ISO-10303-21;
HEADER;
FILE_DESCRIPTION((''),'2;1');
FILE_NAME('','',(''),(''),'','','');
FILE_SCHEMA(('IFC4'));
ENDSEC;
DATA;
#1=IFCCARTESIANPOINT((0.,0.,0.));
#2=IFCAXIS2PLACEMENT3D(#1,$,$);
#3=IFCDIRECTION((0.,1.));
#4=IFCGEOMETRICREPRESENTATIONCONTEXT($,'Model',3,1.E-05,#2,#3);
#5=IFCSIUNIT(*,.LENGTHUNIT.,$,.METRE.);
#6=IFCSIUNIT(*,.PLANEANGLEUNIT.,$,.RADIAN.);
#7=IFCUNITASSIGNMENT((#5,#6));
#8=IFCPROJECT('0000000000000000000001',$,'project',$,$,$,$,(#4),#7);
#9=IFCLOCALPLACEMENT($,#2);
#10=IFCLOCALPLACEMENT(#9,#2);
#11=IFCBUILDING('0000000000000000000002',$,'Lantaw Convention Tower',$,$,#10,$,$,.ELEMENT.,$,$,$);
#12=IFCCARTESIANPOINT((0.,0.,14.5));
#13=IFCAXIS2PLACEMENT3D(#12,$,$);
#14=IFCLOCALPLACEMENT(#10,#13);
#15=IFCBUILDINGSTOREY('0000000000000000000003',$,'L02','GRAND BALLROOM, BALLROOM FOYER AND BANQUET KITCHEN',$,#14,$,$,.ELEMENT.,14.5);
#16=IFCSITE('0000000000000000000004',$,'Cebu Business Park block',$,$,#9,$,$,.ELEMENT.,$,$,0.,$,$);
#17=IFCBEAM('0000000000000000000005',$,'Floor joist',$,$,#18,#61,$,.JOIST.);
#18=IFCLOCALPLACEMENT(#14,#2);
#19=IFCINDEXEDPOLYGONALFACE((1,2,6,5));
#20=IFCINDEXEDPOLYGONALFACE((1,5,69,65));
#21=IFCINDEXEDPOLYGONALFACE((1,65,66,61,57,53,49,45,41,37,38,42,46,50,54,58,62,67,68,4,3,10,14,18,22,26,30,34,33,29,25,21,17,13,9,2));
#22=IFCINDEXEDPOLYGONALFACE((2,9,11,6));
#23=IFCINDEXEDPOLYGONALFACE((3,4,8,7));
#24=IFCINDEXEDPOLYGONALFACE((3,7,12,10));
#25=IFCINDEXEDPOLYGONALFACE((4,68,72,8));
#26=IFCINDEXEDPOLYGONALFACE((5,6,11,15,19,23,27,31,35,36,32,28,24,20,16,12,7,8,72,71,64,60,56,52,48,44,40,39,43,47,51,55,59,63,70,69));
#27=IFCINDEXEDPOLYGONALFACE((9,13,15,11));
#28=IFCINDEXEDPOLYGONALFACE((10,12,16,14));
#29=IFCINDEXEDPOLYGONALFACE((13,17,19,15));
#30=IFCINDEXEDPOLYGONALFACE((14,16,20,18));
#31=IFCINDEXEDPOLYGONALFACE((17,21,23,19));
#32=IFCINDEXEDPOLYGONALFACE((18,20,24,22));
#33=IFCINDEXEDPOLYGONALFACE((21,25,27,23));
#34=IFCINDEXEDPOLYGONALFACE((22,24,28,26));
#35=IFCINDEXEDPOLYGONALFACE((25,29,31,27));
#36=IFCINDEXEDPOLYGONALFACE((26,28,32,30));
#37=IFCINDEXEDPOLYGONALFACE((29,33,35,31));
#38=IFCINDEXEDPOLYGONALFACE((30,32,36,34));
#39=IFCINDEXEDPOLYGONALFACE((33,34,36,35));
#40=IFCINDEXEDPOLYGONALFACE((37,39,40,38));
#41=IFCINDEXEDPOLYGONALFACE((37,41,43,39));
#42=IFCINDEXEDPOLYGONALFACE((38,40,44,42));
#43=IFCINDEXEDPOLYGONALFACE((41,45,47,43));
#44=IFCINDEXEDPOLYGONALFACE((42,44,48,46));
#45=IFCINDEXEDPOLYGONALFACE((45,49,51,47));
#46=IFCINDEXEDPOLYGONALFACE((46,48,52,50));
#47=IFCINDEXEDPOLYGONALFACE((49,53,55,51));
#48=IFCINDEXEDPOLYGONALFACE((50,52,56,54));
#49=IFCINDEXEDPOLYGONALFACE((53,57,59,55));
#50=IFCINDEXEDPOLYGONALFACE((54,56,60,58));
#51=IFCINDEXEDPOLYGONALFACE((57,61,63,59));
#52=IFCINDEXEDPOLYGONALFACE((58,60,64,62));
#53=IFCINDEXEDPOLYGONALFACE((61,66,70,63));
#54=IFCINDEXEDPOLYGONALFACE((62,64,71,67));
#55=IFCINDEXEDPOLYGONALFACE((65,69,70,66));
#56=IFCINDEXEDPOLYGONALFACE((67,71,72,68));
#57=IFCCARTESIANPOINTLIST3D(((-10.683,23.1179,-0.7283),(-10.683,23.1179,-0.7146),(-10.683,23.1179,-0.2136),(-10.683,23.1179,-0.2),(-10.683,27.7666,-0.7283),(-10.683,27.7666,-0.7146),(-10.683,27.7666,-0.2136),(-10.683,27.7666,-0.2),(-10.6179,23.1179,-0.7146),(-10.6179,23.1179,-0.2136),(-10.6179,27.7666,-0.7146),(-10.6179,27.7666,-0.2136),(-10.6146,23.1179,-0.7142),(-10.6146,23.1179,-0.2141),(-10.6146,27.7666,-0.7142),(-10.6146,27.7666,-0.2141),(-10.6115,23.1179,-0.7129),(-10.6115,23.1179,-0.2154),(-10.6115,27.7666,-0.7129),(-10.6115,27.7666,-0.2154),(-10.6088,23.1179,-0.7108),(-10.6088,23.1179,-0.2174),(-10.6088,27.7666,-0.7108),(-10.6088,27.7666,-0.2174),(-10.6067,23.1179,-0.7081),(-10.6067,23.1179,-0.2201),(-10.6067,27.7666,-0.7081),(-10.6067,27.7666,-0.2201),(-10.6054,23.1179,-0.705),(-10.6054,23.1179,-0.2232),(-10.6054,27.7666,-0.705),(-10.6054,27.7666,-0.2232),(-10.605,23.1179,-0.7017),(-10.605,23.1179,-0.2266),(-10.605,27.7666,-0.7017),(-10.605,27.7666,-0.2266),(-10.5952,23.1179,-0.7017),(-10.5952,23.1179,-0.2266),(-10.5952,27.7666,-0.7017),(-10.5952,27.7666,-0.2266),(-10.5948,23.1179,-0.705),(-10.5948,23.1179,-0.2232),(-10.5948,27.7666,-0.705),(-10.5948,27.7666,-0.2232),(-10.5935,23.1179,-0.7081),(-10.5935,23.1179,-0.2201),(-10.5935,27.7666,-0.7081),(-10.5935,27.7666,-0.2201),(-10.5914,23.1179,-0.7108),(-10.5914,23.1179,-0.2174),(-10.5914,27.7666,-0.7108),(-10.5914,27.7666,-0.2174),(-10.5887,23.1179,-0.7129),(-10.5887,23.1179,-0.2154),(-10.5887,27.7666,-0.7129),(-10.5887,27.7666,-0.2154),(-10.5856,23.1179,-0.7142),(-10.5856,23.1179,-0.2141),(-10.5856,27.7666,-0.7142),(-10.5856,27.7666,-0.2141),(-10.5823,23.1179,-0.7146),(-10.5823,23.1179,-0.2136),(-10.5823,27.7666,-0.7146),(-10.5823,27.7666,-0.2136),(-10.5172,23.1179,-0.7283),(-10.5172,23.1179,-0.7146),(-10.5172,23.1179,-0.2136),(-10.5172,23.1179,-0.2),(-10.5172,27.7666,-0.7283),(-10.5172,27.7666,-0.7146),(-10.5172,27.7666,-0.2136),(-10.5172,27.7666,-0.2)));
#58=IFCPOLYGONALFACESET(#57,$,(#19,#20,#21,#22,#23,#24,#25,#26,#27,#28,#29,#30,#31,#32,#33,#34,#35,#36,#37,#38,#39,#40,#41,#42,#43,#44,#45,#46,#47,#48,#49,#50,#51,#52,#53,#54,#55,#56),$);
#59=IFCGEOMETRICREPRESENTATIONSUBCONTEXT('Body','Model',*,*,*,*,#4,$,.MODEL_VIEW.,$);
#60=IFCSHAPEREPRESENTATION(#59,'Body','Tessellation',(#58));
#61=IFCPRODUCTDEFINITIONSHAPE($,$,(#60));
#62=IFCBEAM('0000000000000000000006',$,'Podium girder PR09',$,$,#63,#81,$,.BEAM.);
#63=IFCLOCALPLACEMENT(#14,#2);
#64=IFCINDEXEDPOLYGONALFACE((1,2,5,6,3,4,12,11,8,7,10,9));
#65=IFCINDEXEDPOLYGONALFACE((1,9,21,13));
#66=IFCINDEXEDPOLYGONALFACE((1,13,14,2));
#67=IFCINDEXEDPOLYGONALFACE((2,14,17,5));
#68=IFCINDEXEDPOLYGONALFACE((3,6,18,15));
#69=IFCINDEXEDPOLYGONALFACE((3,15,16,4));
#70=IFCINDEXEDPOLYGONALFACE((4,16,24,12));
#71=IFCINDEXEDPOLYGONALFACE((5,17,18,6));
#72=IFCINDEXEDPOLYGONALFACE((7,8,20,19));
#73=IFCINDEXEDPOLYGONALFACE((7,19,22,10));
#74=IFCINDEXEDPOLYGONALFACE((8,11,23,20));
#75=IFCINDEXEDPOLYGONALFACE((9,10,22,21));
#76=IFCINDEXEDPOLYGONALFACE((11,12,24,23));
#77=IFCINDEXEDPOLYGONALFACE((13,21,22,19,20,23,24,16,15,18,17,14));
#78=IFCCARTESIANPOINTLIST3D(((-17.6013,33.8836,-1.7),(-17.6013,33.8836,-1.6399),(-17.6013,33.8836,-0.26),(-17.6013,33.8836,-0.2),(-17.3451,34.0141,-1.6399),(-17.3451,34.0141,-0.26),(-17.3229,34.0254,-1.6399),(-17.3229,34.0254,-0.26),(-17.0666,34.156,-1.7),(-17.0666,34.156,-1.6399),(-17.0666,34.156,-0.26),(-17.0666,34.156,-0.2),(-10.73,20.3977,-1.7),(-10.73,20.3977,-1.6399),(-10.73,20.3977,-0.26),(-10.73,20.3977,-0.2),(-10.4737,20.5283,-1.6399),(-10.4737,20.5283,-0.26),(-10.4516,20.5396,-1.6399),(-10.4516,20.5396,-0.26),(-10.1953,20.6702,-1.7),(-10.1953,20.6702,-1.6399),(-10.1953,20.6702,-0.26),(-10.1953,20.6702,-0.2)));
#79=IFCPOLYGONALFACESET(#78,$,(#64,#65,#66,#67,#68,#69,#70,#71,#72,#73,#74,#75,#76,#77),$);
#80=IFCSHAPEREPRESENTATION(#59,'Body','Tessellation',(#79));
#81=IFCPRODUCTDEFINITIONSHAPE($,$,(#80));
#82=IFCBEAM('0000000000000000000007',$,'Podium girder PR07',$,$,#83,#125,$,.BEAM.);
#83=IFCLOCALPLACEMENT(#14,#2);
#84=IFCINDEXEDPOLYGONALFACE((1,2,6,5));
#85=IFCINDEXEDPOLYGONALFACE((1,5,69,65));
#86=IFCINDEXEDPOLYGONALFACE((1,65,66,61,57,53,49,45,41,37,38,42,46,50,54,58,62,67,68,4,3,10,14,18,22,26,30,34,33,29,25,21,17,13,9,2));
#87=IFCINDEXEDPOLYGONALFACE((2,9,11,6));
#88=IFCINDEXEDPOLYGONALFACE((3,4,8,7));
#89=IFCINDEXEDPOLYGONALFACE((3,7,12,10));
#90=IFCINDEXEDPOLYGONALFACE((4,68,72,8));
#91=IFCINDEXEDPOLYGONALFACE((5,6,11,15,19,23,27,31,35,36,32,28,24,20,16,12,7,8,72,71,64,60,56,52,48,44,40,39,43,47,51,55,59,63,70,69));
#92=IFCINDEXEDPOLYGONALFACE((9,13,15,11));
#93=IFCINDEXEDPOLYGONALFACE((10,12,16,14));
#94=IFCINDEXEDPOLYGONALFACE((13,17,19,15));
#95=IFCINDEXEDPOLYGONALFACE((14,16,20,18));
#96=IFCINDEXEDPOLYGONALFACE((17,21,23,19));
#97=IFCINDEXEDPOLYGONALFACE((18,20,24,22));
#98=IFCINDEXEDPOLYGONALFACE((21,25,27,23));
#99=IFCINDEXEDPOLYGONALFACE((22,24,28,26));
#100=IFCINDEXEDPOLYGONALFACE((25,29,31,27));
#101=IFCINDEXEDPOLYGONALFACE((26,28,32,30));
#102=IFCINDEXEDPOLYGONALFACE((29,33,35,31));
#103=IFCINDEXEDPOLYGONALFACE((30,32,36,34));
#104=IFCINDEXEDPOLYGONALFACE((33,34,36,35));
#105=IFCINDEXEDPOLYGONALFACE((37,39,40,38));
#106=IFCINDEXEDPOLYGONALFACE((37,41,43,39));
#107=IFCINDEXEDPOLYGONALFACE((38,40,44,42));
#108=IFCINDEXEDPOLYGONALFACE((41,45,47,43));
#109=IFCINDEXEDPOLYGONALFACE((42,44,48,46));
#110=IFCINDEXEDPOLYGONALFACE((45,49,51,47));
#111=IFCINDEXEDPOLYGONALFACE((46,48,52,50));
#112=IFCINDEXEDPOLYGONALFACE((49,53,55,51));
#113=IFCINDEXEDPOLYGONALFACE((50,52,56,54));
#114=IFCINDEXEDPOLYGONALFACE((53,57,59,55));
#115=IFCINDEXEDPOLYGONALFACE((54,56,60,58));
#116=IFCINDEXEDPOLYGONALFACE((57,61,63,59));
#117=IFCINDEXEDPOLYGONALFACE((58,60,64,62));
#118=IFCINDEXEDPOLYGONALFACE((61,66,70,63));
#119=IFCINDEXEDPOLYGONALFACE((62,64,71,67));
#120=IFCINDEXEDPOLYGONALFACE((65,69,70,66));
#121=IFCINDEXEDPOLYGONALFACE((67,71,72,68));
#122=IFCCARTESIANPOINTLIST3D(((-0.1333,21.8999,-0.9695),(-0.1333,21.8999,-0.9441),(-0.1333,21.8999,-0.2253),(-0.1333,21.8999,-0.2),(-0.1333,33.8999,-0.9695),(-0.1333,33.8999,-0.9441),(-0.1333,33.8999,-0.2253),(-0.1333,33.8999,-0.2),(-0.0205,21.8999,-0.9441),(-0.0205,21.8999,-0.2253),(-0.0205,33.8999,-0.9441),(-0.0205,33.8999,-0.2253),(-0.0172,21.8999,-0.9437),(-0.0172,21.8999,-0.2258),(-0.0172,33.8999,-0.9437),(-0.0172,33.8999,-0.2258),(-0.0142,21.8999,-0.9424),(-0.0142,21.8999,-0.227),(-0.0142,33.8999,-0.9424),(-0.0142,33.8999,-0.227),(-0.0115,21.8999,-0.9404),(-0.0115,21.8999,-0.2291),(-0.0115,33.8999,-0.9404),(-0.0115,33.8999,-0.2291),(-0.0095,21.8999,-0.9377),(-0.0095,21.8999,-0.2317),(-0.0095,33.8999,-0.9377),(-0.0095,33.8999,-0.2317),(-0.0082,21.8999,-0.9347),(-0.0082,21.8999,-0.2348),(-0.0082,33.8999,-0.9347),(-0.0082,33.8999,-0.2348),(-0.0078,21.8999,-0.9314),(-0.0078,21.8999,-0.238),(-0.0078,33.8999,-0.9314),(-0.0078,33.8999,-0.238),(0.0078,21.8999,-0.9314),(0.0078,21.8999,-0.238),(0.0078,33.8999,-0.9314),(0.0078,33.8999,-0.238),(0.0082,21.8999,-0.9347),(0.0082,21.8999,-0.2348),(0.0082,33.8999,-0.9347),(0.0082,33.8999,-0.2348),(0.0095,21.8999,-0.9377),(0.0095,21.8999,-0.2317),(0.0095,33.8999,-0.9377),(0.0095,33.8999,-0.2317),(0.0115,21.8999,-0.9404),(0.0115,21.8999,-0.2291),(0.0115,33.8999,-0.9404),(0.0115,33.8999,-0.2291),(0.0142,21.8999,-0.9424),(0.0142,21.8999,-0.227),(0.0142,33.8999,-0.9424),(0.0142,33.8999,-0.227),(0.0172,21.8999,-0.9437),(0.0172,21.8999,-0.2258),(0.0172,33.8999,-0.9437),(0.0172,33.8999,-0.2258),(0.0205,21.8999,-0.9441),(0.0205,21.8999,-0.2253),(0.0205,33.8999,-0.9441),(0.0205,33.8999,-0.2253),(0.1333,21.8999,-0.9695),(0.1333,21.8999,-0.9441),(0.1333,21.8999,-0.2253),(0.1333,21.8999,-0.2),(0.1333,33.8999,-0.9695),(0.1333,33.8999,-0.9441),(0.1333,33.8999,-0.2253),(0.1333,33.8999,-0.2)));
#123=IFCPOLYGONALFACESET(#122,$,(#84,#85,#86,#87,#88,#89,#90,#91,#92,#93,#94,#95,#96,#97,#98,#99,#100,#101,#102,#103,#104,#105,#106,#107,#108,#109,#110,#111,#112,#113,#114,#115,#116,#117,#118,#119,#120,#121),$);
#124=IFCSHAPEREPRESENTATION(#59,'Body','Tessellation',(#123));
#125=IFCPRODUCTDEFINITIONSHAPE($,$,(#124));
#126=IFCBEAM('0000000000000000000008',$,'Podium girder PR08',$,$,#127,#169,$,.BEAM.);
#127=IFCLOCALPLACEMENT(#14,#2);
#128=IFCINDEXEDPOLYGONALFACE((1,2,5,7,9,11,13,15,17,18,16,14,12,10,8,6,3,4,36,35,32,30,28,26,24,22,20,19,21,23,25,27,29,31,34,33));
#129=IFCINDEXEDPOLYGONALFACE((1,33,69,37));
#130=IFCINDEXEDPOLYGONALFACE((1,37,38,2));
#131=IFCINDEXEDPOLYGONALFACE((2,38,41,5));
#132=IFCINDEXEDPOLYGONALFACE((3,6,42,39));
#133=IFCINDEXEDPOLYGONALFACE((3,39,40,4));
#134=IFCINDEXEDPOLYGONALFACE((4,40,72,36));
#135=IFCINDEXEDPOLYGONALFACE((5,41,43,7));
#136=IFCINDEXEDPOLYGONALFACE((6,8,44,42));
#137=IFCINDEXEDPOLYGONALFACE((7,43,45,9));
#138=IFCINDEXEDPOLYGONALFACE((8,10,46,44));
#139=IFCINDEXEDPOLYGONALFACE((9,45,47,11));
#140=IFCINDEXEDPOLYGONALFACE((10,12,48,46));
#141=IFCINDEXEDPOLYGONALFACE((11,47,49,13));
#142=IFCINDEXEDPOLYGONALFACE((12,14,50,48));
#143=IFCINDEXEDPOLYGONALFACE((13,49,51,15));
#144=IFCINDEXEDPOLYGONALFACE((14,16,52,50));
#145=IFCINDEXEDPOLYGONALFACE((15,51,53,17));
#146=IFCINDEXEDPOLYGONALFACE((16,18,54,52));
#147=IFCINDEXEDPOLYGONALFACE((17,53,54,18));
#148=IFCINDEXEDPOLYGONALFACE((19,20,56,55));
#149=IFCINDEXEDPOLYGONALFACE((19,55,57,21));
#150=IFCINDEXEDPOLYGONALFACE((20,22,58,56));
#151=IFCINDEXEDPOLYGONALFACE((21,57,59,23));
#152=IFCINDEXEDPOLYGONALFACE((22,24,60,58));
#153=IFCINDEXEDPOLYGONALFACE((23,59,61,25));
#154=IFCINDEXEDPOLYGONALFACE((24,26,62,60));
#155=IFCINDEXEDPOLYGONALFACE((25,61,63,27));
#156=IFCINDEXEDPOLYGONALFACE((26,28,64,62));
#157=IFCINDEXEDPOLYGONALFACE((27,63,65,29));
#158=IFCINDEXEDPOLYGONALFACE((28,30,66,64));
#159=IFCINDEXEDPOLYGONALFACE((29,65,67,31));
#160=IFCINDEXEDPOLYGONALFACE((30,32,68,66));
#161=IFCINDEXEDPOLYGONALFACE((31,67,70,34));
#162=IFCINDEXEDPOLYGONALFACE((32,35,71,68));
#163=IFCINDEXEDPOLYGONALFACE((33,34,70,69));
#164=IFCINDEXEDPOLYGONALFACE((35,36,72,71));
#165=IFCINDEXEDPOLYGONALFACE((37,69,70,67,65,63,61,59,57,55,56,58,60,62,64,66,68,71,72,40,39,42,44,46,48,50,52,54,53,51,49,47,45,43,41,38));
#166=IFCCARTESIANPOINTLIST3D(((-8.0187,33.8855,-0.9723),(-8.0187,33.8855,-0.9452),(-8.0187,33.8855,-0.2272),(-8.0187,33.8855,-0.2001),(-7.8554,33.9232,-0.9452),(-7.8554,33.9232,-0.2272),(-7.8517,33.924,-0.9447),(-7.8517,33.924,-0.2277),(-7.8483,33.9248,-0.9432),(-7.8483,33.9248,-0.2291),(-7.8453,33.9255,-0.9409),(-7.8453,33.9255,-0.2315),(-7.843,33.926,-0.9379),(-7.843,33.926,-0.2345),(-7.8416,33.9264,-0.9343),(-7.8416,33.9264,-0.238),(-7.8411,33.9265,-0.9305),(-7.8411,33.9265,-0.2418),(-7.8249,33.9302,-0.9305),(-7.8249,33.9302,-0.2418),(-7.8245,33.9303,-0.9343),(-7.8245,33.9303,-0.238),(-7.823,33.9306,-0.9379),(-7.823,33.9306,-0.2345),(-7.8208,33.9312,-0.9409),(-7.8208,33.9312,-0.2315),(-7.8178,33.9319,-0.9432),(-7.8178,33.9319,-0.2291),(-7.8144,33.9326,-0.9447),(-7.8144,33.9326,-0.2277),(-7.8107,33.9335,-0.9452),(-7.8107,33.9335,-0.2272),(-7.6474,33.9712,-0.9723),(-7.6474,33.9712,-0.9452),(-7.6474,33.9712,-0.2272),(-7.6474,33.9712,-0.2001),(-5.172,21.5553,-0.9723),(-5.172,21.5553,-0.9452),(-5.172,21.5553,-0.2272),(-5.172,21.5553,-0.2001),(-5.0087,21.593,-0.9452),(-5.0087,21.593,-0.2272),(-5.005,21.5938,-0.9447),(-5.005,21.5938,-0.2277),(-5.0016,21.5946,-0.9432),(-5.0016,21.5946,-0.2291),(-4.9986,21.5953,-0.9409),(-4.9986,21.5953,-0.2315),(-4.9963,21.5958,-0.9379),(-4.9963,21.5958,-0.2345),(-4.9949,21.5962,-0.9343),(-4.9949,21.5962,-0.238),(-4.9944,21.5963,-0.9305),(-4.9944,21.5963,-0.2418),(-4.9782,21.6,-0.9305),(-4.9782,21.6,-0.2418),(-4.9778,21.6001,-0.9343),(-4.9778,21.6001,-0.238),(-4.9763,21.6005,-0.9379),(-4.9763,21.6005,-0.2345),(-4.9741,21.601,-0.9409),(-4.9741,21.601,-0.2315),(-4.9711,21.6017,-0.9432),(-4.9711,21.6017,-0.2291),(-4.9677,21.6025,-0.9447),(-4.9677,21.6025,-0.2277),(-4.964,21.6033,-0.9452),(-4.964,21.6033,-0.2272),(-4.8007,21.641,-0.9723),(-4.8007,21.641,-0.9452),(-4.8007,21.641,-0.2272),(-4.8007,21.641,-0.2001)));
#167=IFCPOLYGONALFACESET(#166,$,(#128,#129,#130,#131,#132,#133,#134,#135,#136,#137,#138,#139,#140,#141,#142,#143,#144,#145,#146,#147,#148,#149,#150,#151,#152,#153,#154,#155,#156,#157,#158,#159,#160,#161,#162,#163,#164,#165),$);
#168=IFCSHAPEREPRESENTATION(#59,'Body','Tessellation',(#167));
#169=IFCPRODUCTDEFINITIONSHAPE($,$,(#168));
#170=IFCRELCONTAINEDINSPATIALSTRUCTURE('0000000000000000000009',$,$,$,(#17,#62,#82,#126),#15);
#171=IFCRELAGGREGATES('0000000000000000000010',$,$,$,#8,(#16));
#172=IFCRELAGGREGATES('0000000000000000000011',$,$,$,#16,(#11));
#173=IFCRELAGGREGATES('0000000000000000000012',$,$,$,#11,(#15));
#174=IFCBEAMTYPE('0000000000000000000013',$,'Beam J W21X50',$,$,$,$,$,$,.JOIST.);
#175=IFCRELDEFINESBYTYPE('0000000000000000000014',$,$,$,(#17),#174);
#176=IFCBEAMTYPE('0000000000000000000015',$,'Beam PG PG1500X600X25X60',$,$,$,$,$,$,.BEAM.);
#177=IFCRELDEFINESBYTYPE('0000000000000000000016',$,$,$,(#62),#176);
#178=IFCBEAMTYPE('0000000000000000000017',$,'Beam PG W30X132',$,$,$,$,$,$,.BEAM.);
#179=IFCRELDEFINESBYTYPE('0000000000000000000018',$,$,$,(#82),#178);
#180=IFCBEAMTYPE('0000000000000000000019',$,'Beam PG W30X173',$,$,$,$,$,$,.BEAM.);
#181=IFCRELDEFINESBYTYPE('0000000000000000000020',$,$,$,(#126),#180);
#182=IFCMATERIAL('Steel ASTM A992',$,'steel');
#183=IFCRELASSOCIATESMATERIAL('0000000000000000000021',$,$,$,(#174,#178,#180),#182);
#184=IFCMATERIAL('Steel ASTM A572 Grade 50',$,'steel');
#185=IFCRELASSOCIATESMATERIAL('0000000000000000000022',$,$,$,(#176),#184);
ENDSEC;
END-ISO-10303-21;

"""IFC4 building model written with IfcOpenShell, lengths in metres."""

from ifc_helpers import new_model, si_unit, direction, frame, origin, origin_2d, place, context, subcontext, project, spatial, i_section, extrude, material, material_profile, profile_set, type_object, element, save


model = new_model("IFC4")

# Units and contexts
model_context = context("Model", 3, precision=1e-05, world=origin(), true_north=direction((0.0, 1.0)))
body_context = subcontext(model_context, "Body", "Model", "MODEL_VIEW")
ifc_project = project(units=[si_unit("LENGTHUNIT", "METRE"), si_unit("PLANEANGLEUNIT", "RADIAN")], contexts=[model_context])

# Site, building, storey
site_placement = place(None, origin())
site = spatial("IfcSite", under=ifc_project, at=site_placement, Name="Cebu Business Park block", CompositionType="ELEMENT", RefElevation=0.0)
building_placement = place(site_placement, origin())
building = spatial("IfcBuilding", under=site, at=building_placement, Name="Lantaw Convention Tower", CompositionType="ELEMENT")
storey_placement = place(building_placement, frame((0.0, 0.0, 14.5)))
storey = spatial("IfcBuildingStorey", under=building, at=storey_placement, Name="L02", Description="GRAND BALLROOM, BALLROOM FOYER AND BANQUET KITCHEN", CompositionType="ELEMENT", Elevation=14.5)

# Shared definitions
ifc_material_1 = material(Name="Steel ASTM A572 Grade 50", Category="steel")

# Beams
ifc_material_2 = material(Name="Steel ASTM A992", Category="steel")
ifc_material_profile_1 = material_profile(ifc_material_2, i_section(OverallWidth=0.1658, OverallDepth=0.5283, WebThickness=0.0098, FlangeThickness=0.0137, FilletRadius=0.0129, at=origin_2d()), Name="W21X50")
ifc_profile_set_1 = profile_set([ifc_material_profile_1], Name="Steel ASTM A992")
beam_type_1 = type_object("IfcBeamType", Name="Beam J W21X50", PredefinedType="JOIST", material=ifc_profile_set_1)
beam_1_placement = place(storey_placement, frame((-10.6001, 23.1179, -0.4641), z_axis=(0.0, 1.0, 0.0), x_axis=(-1.0, 0.0, 0.0)))
element("IfcBeam", 1, at=beam_1_placement, inside=storey, type_object=beam_type_1, Name="Floor joist", PredefinedType="JOIST", context=body_context, shape_type="SweptSolid", body=[
    extrude(i_section(OverallWidth=0.1658, OverallDepth=0.5283, WebThickness=0.0098, FlangeThickness=0.0137, FilletRadius=0.0129, at=origin_2d()), origin(), (0.0, 0.0, 1.0), 4.6487),
])
ifc_material_profile_2 = material_profile(ifc_material_1, i_section(OverallWidth=0.6001, OverallDepth=1.5, WebThickness=0.0249, FlangeThickness=0.0601, at=origin_2d()), Name="PG1500X600X25X60")
ifc_profile_set_2 = profile_set([ifc_material_profile_2], Name="Steel ASTM A572 Grade 50")
beam_type_2 = type_object("IfcBeamType", Name="Beam PG PG1500X600X25X60", PredefinedType="BEAM", material=ifc_profile_set_2)
beam_2_placement = place(storey_placement, frame((-10.4626, 20.5339, -0.95), z_axis=(-0.453988, 0.891008, 0.0), x_axis=(-0.891008, -0.453988, 0.0)))
element("IfcBeam", 2, at=beam_2_placement, inside=storey, type_object=beam_type_2, Name="Podium girder PR09", PredefinedType="BEAM", context=body_context, shape_type="SweptSolid", body=[
    extrude(i_section(OverallWidth=0.6001, OverallDepth=1.5, WebThickness=0.0249, FlangeThickness=0.0601, at=origin_2d()), origin(), (0.0, 0.0, 1.0), 15.1355),
])
ifc_material_profile_3 = material_profile(ifc_material_2, i_section(OverallWidth=0.2666, OverallDepth=0.7695, WebThickness=0.0156, FlangeThickness=0.0254, FilletRadius=0.0127, at=origin_2d()), Name="W30X132")
ifc_profile_set_3 = profile_set([ifc_material_profile_3], Name="Steel ASTM A992")
beam_type_3 = type_object("IfcBeamType", Name="Beam PG W30X132", PredefinedType="BEAM", material=ifc_profile_set_3)
beam_3_placement = place(storey_placement, frame((0.0, 21.8999, -0.5847), z_axis=(0.0, 1.0, 0.0), x_axis=(-1.0, 0.0, 0.0)))
element("IfcBeam", 3, at=beam_3_placement, inside=storey, type_object=beam_type_3, Name="Podium girder PR07", PredefinedType="BEAM", context=body_context, shape_type="SweptSolid", body=[
    extrude(i_section(OverallWidth=0.2666, OverallDepth=0.7695, WebThickness=0.0156, FlangeThickness=0.0254, FilletRadius=0.0127, at=origin_2d()), origin(), (0.0, 0.0, 1.0), 12.0),
])
ifc_material_profile_4 = material_profile(ifc_material_2, i_section(OverallWidth=0.3811, OverallDepth=0.7722, WebThickness=0.0166, FlangeThickness=0.0271, FilletRadius=0.0146, at=origin_2d()), Name="W30X173")
ifc_profile_set_4 = profile_set([ifc_material_profile_4], Name="Steel ASTM A992")
beam_type_4 = type_object("IfcBeamType", Name="Beam PG W30X173", PredefinedType="BEAM", material=ifc_profile_set_4)
beam_4_placement = place(storey_placement, frame((-4.9863, 21.5981, -0.5862), z_axis=(-0.224955, 0.974369, 0.0), x_axis=(-0.974369, -0.224955, 0.0)))
element("IfcBeam", 4, at=beam_4_placement, inside=storey, type_object=beam_type_4, Name="Podium girder PR08", PredefinedType="BEAM", context=body_context, shape_type="SweptSolid", body=[
    extrude(i_section(OverallWidth=0.3811, OverallDepth=0.7722, WebThickness=0.0166, FlangeThickness=0.0271, FilletRadius=0.0146, at=origin_2d()), origin(), (0.0, 0.0, 1.0), 12.6545),
])

save(model, "model.ifc")
